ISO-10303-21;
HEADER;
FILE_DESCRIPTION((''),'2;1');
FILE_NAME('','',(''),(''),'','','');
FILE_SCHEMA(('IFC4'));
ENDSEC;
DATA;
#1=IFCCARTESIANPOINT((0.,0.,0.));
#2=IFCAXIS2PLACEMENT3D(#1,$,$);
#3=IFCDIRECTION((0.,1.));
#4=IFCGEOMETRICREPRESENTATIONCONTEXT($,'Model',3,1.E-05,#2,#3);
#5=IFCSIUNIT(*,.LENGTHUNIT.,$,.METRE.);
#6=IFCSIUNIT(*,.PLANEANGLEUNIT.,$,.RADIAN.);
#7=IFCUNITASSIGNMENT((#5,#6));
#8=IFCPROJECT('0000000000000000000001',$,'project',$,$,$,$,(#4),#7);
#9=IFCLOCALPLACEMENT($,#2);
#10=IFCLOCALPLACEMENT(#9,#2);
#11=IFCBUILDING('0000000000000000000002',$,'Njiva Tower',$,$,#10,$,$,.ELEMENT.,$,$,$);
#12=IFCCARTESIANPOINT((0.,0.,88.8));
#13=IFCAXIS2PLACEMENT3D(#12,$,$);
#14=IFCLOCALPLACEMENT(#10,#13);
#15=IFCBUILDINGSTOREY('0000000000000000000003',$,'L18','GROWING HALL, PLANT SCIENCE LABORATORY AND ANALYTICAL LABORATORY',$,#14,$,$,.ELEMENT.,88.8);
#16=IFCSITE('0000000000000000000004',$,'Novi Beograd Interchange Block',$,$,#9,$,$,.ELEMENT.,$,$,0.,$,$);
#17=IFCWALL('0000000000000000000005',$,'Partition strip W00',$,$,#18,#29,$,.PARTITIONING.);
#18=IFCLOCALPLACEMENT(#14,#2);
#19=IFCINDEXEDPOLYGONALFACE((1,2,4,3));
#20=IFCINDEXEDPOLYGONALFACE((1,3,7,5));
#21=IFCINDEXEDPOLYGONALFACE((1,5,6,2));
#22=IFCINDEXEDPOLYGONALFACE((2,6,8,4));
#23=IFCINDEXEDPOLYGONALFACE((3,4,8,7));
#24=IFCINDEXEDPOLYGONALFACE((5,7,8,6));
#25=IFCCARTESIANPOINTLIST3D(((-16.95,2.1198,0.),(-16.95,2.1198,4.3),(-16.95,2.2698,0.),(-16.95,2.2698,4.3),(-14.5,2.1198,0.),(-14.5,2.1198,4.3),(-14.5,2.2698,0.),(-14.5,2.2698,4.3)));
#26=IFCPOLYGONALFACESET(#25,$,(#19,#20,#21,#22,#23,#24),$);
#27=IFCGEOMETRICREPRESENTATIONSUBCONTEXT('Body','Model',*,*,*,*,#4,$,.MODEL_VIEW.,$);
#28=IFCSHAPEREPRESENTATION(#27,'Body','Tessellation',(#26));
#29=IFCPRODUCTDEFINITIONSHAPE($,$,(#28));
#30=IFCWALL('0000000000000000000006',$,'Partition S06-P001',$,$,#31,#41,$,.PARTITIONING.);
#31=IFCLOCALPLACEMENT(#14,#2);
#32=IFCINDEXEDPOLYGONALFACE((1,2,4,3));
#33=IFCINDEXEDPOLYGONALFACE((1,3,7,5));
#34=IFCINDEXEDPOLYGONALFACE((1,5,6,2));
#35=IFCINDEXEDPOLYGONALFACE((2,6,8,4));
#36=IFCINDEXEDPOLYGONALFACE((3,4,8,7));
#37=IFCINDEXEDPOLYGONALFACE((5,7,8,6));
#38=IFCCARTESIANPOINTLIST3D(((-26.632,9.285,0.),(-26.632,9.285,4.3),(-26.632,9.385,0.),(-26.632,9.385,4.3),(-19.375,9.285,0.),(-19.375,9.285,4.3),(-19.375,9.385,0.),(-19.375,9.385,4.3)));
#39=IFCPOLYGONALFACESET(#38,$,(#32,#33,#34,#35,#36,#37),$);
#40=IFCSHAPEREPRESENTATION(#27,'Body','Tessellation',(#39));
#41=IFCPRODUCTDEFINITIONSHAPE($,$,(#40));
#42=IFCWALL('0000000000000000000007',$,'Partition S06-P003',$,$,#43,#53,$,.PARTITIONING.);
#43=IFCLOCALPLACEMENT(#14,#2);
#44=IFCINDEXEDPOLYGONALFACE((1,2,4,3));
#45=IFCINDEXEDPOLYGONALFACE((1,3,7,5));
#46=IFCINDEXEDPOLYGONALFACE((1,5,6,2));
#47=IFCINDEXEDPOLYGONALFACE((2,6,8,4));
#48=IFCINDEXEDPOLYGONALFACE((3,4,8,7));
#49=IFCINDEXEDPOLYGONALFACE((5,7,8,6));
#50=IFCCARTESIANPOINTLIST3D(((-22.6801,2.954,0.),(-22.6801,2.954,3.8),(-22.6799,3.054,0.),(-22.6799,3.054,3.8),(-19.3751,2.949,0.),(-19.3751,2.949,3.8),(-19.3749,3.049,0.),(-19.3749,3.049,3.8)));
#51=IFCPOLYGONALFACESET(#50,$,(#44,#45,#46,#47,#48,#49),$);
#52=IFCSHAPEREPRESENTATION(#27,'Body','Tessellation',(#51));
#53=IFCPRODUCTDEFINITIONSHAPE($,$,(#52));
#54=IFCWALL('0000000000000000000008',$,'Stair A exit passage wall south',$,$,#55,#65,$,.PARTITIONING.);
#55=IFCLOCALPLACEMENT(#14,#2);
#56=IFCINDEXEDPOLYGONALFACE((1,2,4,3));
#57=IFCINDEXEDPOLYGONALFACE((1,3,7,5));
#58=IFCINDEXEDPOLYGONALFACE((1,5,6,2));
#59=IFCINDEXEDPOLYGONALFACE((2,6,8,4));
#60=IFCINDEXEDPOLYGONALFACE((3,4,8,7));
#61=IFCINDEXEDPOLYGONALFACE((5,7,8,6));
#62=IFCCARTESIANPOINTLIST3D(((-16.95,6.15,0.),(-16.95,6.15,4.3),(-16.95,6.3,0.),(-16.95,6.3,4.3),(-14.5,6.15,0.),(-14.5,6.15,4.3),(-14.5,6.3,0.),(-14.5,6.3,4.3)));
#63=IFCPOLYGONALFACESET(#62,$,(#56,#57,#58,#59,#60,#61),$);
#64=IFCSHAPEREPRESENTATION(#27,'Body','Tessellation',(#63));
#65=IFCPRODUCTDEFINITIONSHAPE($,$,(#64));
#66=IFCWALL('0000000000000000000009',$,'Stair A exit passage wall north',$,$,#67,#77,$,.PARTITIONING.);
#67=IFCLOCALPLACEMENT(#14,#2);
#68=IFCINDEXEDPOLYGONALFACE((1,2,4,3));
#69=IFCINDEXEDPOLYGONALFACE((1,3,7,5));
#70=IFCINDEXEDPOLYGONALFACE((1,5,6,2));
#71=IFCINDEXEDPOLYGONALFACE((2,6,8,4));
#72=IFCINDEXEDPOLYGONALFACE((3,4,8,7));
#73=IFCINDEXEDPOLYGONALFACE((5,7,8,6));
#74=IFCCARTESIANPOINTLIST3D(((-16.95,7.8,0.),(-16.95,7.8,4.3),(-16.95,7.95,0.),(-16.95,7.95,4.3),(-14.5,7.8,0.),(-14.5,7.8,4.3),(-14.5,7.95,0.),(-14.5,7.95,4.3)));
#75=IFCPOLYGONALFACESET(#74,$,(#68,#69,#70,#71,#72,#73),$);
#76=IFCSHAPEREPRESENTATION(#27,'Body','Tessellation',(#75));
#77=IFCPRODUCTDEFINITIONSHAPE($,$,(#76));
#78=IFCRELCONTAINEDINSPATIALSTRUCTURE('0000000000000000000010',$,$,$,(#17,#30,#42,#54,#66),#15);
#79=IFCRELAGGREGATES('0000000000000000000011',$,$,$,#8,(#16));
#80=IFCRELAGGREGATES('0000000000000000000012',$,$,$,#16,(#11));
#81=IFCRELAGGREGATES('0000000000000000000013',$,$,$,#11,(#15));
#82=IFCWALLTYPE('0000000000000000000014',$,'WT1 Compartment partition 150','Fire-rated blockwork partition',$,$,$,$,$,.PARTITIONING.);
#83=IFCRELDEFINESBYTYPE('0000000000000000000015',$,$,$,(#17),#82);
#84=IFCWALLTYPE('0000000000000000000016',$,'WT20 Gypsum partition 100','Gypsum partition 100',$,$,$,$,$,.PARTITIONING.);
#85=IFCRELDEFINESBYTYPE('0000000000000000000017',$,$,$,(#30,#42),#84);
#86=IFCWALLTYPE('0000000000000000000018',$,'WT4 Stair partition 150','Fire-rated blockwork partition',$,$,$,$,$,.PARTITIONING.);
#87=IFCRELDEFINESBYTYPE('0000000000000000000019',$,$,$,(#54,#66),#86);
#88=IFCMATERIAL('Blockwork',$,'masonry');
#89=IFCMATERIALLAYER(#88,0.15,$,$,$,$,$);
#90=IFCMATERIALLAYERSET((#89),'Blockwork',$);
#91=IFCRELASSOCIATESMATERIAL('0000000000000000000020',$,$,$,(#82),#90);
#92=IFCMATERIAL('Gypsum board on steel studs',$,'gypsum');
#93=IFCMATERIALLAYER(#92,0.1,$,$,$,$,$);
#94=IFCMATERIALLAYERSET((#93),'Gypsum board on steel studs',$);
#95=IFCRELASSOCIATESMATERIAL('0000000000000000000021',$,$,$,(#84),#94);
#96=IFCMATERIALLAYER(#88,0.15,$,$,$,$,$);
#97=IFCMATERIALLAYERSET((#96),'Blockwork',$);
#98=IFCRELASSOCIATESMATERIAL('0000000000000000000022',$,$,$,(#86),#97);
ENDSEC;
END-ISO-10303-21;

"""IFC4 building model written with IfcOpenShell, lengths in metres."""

from ifc_helpers import new_model, si_unit, direction, frame, frame_2d, origin, place, context, subcontext, project, spatial, rectangle, extrude, material, layer, layer_set, type_object, element, save


model = new_model("IFC4")

# Units and contexts
model_context = context("Model", 3, precision=1e-05, world=origin(), true_north=direction((0.0, 1.0)))
body_context = subcontext(model_context, "Body", "Model", "MODEL_VIEW")
ifc_project = project(units=[si_unit("LENGTHUNIT", "METRE"), si_unit("PLANEANGLEUNIT", "RADIAN")], contexts=[model_context])

# Site, building, storey
site_placement = place(None, origin())
site = spatial("IfcSite", under=ifc_project, at=site_placement, Name="Novi Beograd Interchange Block", CompositionType="ELEMENT", RefElevation=0.0)
building_placement = place(site_placement, origin())
building = spatial("IfcBuilding", under=site, at=building_placement, Name="Njiva Tower", CompositionType="ELEMENT")
storey_placement = place(building_placement, frame((0.0, 0.0, 88.8)))
storey = spatial("IfcBuildingStorey", under=building, at=storey_placement, Name="L18", Description="GROWING HALL, PLANT SCIENCE LABORATORY AND ANALYTICAL LABORATORY", CompositionType="ELEMENT", Elevation=88.8)

# Walls
ifc_material_1 = material(Name="Blockwork", Category="masonry")
ifc_layer_1 = layer(ifc_material_1, 0.15)
ifc_layer_set_1 = layer_set([ifc_layer_1], Name="Blockwork")
wall_type_1 = type_object("IfcWallType", Name="WT1 Compartment partition 150", Description="Fire-rated blockwork partition", PredefinedType="PARTITIONING", material=ifc_layer_set_1)
wall_1_placement = place(storey_placement, frame((-16.95, 2.1948, 0.0), z_axis=(0.0, 0.0, 1.0), x_axis=(1.0, 0.0, 0.0)))
element("IfcWall", 1, at=wall_1_placement, inside=storey, type_object=wall_type_1, Name="Partition strip W00", PredefinedType="PARTITIONING", context=body_context, shape_type="SweptSolid", body=[
    extrude(rectangle(XDim=2.45, YDim=0.15, at=frame_2d((1.225, 0.0))), origin(), (0.0, 0.0, 1.0), 4.3),
])
ifc_material_2 = material(Name="Gypsum board on steel studs", Category="gypsum")
ifc_layer_2 = layer(ifc_material_2, 0.1)
ifc_layer_set_2 = layer_set([ifc_layer_2], Name="Gypsum board on steel studs")
wall_type_2 = type_object("IfcWallType", Name="WT20 Gypsum partition 100", Description="Gypsum partition 100", PredefinedType="PARTITIONING", material=ifc_layer_set_2)
wall_2_placement = place(storey_placement, frame((-26.632, 9.335, 0.0), z_axis=(0.0, 0.0, 1.0), x_axis=(1.0, 0.0, 0.0)))
element("IfcWall", 2, at=wall_2_placement, inside=storey, type_object=wall_type_2, Name="Partition S06-P001", PredefinedType="PARTITIONING", context=body_context, shape_type="SweptSolid", body=[
    extrude(rectangle(XDim=7.257, YDim=0.1, at=frame_2d((3.6285, 0.0))), origin(), (0.0, 0.0, 1.0), 4.3),
])
wall_3_placement = place(storey_placement, frame((-22.68, 3.004, 0.0), z_axis=(0.0, 0.0, 1.0), x_axis=(0.999999, -0.001513, 0.0)))
element("IfcWall", 3, at=wall_3_placement, inside=storey, type_object=wall_type_2, Name="Partition S06-P003", PredefinedType="PARTITIONING", context=body_context, shape_type="SweptSolid", body=[
    extrude(rectangle(XDim=3.305, YDim=0.1, at=frame_2d((1.6525, 0.0))), origin(), (0.0, 0.0, 1.0), 3.8),
])
ifc_layer_3 = layer(ifc_material_1, 0.15)
ifc_layer_set_3 = layer_set([ifc_layer_3], Name="Blockwork")
wall_type_3 = type_object("IfcWallType", Name="WT4 Stair partition 150", Description="Fire-rated blockwork partition", PredefinedType="PARTITIONING", material=ifc_layer_set_3)
for number, where, z_axis, x_axis, name in (
    (4, (-16.95, 6.225, 0.0), (0.0, 0.0, 1.0), (1.0, 0.0, 0.0), "Stair A exit passage wall south"),
    (5, (-16.95, 7.875, 0.0), (0.0, 0.0, 1.0), (1.0, 0.0, 0.0), "Stair A exit passage wall north"),
):
    element("IfcWall", number, at=place(storey_placement, frame(where, z_axis=z_axis, x_axis=x_axis)), inside=storey, type_object=wall_type_3, Name=name, PredefinedType="PARTITIONING", context=body_context, shape_type="SweptSolid", body=[
        extrude(rectangle(XDim=2.45, YDim=0.15, at=frame_2d((1.225, 0.0))), origin(), (0.0, 0.0, 1.0), 4.3),
    ])

save(model, "model.ifc")
